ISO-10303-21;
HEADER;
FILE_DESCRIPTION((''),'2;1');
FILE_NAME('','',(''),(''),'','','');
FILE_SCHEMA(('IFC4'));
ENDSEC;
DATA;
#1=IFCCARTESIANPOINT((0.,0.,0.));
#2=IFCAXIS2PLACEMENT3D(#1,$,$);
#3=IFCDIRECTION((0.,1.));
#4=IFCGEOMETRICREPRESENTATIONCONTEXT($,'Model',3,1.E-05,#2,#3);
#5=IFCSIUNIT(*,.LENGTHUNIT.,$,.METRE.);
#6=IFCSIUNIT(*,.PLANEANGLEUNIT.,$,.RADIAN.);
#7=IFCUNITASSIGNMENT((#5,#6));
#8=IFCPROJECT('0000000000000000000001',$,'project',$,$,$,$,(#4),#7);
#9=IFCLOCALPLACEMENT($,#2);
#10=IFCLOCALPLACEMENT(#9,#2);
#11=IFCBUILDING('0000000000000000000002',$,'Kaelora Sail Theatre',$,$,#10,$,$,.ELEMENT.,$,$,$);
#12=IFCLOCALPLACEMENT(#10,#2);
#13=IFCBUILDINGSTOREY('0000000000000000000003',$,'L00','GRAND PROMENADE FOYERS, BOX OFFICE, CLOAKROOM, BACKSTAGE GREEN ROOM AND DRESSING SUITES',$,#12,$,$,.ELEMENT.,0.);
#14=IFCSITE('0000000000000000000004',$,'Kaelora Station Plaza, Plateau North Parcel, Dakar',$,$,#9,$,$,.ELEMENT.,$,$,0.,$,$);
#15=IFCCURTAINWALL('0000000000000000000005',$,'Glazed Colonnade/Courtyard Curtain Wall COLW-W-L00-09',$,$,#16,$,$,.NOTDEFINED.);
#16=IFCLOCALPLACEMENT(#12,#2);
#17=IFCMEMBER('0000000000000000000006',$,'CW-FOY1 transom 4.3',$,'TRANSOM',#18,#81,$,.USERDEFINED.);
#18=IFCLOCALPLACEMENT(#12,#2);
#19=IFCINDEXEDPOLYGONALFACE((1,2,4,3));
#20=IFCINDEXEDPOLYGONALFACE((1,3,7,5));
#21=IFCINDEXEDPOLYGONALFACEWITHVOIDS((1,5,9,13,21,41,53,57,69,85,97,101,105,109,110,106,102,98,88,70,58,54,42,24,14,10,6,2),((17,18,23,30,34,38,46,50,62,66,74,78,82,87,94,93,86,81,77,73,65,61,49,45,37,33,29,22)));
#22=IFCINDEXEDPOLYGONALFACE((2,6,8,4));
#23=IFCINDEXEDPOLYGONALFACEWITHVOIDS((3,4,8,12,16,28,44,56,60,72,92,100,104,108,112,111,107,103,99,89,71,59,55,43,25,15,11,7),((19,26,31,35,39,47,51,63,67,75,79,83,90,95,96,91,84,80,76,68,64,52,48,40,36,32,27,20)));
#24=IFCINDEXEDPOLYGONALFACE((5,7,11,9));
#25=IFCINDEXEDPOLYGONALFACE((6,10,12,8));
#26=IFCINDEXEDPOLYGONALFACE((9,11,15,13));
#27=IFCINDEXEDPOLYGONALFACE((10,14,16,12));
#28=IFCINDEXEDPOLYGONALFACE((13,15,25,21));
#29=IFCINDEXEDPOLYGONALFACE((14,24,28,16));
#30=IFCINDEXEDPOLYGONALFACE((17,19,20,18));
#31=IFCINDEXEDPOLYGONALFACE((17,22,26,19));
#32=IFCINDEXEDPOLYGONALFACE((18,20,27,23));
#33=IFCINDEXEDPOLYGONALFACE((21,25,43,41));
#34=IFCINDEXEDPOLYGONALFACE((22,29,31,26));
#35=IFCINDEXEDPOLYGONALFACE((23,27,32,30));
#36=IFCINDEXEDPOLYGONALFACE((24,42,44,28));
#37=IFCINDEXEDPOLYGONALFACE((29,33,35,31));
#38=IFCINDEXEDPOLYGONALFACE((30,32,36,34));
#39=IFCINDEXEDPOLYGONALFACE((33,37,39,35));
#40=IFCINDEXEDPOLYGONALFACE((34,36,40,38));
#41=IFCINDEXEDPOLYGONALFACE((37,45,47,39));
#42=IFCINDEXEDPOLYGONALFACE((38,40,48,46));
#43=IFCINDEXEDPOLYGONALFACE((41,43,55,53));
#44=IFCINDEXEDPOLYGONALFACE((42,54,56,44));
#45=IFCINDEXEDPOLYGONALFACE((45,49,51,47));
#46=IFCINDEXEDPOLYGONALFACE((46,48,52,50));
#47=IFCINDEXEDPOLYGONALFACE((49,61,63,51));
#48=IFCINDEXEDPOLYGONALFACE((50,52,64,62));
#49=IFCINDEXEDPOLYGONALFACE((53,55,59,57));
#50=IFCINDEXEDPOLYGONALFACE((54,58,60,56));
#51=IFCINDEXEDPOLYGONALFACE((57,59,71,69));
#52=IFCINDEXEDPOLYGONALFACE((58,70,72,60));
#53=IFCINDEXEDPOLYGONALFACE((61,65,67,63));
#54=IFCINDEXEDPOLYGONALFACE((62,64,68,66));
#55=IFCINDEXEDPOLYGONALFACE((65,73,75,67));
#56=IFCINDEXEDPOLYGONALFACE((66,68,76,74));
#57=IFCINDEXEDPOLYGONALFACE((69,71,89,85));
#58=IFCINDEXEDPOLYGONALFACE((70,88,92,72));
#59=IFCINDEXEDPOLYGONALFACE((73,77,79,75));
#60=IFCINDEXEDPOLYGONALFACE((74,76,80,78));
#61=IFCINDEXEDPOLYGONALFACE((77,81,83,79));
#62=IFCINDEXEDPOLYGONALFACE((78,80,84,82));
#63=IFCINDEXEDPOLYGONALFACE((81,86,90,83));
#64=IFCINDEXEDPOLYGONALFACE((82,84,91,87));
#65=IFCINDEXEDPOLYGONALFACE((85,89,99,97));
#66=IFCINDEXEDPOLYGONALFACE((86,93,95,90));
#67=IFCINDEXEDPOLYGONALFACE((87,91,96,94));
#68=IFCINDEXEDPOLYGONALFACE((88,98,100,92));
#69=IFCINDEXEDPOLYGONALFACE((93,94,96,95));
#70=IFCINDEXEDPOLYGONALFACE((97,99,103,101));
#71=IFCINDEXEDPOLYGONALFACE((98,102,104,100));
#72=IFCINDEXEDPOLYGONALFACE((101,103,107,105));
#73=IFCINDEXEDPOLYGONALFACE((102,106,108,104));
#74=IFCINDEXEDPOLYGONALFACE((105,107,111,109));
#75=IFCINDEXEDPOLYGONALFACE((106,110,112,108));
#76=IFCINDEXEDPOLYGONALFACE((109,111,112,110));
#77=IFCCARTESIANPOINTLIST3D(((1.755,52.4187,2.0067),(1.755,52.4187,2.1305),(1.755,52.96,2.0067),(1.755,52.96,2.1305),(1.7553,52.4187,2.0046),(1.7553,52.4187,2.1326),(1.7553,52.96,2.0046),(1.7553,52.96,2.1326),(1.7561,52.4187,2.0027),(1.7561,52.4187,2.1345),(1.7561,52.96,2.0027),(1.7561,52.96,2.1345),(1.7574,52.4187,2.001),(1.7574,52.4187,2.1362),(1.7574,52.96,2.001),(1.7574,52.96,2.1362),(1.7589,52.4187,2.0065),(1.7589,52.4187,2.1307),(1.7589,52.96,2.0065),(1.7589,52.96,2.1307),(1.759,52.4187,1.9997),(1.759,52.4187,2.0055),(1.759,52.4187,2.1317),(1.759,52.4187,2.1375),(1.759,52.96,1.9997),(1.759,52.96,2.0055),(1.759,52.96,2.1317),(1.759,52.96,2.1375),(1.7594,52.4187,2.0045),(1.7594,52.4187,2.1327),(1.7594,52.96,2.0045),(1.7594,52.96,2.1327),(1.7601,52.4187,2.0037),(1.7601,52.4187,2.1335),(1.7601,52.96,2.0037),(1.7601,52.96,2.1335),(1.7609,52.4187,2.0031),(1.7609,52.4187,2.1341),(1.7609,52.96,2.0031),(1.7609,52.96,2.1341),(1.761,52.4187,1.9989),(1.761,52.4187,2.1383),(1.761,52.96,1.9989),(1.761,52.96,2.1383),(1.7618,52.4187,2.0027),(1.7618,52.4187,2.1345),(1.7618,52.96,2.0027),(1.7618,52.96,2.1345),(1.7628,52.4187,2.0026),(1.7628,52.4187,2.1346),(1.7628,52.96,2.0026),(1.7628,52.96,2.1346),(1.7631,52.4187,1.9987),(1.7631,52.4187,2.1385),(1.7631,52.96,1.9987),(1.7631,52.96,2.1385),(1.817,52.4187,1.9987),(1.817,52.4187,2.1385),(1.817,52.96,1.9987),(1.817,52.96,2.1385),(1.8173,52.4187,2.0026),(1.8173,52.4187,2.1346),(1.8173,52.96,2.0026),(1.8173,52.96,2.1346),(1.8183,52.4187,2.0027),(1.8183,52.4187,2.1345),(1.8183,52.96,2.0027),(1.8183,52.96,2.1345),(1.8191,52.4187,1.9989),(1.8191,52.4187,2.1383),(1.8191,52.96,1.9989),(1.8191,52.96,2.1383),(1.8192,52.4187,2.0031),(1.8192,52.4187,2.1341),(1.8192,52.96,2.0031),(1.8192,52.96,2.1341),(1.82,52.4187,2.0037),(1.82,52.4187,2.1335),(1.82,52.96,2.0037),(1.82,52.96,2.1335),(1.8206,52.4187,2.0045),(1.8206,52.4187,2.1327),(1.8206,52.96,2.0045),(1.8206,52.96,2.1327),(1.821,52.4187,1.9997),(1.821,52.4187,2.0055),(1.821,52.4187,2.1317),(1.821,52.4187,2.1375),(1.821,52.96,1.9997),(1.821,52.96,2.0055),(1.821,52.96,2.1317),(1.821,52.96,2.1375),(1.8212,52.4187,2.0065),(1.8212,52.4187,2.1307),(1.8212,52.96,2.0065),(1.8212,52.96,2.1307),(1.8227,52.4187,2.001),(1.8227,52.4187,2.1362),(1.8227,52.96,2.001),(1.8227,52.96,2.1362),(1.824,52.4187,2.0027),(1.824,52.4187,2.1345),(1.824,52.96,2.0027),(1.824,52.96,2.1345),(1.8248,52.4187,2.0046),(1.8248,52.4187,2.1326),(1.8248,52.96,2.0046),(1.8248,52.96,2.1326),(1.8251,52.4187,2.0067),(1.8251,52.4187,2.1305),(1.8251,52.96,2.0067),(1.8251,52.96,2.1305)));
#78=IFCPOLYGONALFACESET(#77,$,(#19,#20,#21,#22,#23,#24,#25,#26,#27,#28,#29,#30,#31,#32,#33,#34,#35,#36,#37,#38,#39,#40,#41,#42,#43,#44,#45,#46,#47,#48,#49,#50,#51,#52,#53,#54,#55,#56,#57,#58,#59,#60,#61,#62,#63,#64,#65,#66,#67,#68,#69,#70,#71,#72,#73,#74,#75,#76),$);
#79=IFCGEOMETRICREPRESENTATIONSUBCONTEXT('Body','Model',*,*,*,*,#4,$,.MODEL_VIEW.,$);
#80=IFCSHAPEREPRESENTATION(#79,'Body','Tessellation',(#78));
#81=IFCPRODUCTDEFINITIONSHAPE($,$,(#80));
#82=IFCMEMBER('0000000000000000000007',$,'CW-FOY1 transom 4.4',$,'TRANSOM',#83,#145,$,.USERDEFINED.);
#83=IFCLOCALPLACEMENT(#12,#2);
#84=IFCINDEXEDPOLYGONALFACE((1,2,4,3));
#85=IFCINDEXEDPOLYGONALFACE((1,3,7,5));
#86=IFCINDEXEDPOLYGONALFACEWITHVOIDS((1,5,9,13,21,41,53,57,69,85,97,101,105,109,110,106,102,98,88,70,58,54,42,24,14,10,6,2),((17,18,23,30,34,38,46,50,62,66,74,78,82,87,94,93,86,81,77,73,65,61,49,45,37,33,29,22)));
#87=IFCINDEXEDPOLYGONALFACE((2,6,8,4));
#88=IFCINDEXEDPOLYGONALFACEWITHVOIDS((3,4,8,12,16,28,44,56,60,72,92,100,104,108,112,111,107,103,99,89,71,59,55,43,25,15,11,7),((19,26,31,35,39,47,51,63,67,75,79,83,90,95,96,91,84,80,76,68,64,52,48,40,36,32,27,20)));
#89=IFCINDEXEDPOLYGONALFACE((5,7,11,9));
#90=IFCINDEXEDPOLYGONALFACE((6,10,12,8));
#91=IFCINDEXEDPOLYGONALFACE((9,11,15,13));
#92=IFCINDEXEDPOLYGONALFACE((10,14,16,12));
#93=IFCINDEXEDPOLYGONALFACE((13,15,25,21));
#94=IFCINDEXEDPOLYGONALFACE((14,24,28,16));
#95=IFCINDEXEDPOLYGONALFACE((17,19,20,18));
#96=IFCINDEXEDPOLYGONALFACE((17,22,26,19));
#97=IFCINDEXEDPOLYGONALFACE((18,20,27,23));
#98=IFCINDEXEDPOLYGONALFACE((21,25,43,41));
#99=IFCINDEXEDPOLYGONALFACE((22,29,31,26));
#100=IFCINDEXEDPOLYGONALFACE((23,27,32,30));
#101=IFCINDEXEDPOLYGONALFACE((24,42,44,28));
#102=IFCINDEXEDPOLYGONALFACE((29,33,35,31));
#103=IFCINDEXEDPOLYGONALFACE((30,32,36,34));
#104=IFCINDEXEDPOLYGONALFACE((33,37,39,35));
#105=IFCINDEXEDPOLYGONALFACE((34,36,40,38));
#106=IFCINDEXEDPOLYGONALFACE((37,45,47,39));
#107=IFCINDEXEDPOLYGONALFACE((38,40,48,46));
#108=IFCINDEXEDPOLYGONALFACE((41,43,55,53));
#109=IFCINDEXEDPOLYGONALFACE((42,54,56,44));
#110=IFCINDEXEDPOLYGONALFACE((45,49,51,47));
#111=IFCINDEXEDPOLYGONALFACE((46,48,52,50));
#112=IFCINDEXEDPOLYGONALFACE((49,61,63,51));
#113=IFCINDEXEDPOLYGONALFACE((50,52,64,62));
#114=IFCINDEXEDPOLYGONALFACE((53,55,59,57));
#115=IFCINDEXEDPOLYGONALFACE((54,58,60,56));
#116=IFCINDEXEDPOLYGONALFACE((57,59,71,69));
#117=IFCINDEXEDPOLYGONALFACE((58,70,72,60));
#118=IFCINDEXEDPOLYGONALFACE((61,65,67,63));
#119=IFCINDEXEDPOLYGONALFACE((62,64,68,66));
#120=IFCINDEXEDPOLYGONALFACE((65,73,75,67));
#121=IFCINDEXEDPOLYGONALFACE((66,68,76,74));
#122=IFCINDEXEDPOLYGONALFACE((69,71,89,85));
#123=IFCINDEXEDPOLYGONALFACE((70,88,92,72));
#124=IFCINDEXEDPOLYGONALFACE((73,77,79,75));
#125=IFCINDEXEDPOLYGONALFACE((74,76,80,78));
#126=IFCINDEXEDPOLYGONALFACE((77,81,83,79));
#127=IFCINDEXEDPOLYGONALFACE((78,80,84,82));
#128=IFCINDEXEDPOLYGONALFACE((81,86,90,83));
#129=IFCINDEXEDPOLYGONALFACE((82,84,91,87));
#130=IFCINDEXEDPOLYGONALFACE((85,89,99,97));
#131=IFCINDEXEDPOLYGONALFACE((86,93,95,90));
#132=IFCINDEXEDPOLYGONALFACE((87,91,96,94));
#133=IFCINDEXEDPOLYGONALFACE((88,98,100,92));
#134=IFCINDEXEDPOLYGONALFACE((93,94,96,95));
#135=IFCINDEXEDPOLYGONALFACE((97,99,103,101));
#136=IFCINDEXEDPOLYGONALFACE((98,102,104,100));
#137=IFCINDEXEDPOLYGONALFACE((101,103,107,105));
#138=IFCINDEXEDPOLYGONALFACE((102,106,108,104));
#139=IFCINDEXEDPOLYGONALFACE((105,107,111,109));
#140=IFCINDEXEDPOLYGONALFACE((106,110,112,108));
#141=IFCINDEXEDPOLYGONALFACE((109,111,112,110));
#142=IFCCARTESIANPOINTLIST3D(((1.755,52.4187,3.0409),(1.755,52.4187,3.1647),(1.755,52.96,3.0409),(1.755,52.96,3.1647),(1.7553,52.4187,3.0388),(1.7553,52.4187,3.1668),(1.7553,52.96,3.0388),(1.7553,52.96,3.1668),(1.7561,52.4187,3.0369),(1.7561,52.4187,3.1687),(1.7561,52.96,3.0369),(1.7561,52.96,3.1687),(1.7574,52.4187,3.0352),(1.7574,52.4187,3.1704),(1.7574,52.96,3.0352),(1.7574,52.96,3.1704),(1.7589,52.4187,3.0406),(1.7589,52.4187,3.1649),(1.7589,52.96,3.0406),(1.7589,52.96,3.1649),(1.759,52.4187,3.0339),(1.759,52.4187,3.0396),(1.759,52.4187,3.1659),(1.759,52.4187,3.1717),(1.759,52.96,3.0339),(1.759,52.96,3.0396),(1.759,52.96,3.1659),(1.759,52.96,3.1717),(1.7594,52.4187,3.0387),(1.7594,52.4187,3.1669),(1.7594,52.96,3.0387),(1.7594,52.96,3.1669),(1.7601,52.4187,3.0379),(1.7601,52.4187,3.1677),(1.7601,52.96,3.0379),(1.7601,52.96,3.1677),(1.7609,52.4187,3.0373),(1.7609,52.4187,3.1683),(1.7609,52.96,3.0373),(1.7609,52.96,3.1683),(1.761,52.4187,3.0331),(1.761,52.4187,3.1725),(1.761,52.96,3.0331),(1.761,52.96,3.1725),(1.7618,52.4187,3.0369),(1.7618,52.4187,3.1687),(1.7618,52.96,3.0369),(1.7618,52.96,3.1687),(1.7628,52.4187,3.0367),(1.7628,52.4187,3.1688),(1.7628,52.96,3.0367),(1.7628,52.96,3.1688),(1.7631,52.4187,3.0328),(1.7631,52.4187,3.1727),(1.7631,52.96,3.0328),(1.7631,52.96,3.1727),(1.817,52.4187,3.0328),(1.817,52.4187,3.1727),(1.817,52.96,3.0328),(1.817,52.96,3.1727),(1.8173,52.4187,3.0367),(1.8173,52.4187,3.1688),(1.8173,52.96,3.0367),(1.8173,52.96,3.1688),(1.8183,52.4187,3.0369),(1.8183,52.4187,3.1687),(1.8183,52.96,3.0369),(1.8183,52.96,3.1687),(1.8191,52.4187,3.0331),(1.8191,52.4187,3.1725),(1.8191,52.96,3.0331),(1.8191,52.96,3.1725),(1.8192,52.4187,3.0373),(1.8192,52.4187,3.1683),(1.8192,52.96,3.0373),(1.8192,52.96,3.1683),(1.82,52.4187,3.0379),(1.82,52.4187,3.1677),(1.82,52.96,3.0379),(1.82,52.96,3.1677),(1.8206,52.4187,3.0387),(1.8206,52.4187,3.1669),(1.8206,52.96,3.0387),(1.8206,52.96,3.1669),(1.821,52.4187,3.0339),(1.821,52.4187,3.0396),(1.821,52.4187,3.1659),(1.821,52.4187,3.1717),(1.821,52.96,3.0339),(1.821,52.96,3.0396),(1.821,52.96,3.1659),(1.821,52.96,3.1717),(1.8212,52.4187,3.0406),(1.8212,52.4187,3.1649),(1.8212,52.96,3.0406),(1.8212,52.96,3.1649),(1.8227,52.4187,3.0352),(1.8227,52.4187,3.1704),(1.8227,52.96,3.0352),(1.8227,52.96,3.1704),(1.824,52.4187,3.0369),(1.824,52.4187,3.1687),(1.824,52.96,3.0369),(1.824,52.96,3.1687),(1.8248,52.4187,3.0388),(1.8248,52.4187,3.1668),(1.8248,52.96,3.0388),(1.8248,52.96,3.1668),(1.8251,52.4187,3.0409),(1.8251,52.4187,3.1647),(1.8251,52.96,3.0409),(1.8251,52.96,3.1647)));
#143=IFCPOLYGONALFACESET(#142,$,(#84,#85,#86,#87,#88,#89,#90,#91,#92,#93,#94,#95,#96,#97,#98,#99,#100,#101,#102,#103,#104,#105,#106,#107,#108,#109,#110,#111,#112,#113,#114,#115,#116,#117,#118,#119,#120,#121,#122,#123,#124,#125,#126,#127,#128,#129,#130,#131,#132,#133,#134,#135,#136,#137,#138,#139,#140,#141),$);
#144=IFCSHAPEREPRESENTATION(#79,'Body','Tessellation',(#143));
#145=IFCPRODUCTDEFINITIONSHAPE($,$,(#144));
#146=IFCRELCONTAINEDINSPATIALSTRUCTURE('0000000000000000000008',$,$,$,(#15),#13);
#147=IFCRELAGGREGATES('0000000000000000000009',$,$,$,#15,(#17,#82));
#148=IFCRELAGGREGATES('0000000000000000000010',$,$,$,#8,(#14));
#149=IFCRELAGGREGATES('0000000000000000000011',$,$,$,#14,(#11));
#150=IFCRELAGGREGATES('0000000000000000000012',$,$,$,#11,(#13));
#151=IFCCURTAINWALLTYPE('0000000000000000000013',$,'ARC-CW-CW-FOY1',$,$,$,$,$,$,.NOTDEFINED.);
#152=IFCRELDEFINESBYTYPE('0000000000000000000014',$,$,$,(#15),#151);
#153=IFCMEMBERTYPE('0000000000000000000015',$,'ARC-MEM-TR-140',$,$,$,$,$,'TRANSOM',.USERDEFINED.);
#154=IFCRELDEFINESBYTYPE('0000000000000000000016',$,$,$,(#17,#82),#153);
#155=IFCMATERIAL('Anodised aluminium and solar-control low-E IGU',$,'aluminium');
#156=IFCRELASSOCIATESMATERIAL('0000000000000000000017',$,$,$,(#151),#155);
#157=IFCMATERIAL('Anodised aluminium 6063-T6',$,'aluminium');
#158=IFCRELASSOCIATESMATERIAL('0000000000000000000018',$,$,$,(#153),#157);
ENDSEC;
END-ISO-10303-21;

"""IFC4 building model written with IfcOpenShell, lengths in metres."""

from ifc_helpers import new_model, si_unit, direction, frame, origin, origin_2d, place, context, subcontext, project, spatial, hollow_rectangle, extrude, material, material_profile, profile_set, type_object, element, aggregate, save


model = new_model("IFC4")

# Units and contexts
model_context = context("Model", 3, precision=1e-05, world=origin(), true_north=direction((0.0, 1.0)))
body_context = subcontext(model_context, "Body", "Model", "MODEL_VIEW")
ifc_project = project(units=[si_unit("LENGTHUNIT", "METRE"), si_unit("PLANEANGLEUNIT", "RADIAN")], contexts=[model_context])

# Site, building, storey
site_placement = place(None, origin())
site = spatial("IfcSite", under=ifc_project, at=site_placement, Name="Kaelora Station Plaza, Plateau North Parcel, Dakar", CompositionType="ELEMENT", RefElevation=0.0)
building_placement = place(site_placement, origin())
building = spatial("IfcBuilding", under=site, at=building_placement, Name="Kaelora Sail Theatre", CompositionType="ELEMENT")
storey_placement = place(building_placement, origin())
storey = spatial("IfcBuildingStorey", under=building, at=storey_placement, Name="L00", Description="GRAND PROMENADE FOYERS, BOX OFFICE, CLOAKROOM, BACKSTAGE GREEN ROOM AND DRESSING SUITES", CompositionType="ELEMENT", Elevation=0.0)

# Curtain wall, members
ifc_material_1 = material(Name="Anodised aluminium and solar-control low-E IGU", Category="aluminium")
curtain_wall_type = type_object("IfcCurtainWallType", Name="ARC-CW-CW-FOY1", PredefinedType="NOTDEFINED", material=ifc_material_1)
curtain_wall_1_placement = place(storey_placement, origin())
curtain_wall_1 = element("IfcCurtainWall", 1, at=curtain_wall_1_placement, inside=storey, type_object=curtain_wall_type, Name="Glazed Colonnade/Courtyard Curtain Wall COLW-W-L00-09", PredefinedType="NOTDEFINED")
ifc_material_2 = material(Name="Anodised aluminium 6063-T6", Category="aluminium")
ifc_material_profile = material_profile(ifc_material_2, hollow_rectangle(XDim=0.0701, YDim=0.1399, WallThickness=0.0039, InnerFilletRadius=0.0039, OuterFilletRadius=0.0081, at=origin_2d()), Name="ALU-TRAN 70x140x4")
ifc_profile_set = profile_set([ifc_material_profile], Name="Anodised aluminium 6063-T6")
member_type = type_object("IfcMemberType", Name="ARC-MEM-TR-140", ElementType="TRANSOM", PredefinedType="USERDEFINED", material=ifc_profile_set)
member_1_placement = place(storey_placement, frame((1.79, 52.4187, 2.0686), z_axis=(0.0, 1.0, 0.0), x_axis=(-1.0, 0.0, 0.0)))
member_1 = element("IfcMember", 2, at=member_1_placement, type_object=member_type, Name="CW-FOY1 transom 4.3", ObjectType="TRANSOM", PredefinedType="USERDEFINED", context=body_context, shape_type="SweptSolid", body=[
    extrude(hollow_rectangle(XDim=0.0701, YDim=0.1399, WallThickness=0.0039, InnerFilletRadius=0.0039, OuterFilletRadius=0.0081, at=origin_2d()), origin(), (0.0, 0.0, 1.0), 0.5413),
])
member_2_placement = place(storey_placement, frame((1.79, 52.4187, 3.1028), z_axis=(0.0, 1.0, 0.0), x_axis=(-1.0, 0.0, 0.0)))
member_2 = element("IfcMember", 3, at=member_2_placement, type_object=member_type, Name="CW-FOY1 transom 4.4", ObjectType="TRANSOM", PredefinedType="USERDEFINED", context=body_context, shape_type="SweptSolid", body=[
    extrude(hollow_rectangle(XDim=0.0701, YDim=0.1399, WallThickness=0.0039, InnerFilletRadius=0.0039, OuterFilletRadius=0.0081, at=origin_2d()), origin(), (0.0, 0.0, 1.0), 0.5413),
])

aggregate(curtain_wall_1, [member_1, member_2])

save(model, "model.ifc")
